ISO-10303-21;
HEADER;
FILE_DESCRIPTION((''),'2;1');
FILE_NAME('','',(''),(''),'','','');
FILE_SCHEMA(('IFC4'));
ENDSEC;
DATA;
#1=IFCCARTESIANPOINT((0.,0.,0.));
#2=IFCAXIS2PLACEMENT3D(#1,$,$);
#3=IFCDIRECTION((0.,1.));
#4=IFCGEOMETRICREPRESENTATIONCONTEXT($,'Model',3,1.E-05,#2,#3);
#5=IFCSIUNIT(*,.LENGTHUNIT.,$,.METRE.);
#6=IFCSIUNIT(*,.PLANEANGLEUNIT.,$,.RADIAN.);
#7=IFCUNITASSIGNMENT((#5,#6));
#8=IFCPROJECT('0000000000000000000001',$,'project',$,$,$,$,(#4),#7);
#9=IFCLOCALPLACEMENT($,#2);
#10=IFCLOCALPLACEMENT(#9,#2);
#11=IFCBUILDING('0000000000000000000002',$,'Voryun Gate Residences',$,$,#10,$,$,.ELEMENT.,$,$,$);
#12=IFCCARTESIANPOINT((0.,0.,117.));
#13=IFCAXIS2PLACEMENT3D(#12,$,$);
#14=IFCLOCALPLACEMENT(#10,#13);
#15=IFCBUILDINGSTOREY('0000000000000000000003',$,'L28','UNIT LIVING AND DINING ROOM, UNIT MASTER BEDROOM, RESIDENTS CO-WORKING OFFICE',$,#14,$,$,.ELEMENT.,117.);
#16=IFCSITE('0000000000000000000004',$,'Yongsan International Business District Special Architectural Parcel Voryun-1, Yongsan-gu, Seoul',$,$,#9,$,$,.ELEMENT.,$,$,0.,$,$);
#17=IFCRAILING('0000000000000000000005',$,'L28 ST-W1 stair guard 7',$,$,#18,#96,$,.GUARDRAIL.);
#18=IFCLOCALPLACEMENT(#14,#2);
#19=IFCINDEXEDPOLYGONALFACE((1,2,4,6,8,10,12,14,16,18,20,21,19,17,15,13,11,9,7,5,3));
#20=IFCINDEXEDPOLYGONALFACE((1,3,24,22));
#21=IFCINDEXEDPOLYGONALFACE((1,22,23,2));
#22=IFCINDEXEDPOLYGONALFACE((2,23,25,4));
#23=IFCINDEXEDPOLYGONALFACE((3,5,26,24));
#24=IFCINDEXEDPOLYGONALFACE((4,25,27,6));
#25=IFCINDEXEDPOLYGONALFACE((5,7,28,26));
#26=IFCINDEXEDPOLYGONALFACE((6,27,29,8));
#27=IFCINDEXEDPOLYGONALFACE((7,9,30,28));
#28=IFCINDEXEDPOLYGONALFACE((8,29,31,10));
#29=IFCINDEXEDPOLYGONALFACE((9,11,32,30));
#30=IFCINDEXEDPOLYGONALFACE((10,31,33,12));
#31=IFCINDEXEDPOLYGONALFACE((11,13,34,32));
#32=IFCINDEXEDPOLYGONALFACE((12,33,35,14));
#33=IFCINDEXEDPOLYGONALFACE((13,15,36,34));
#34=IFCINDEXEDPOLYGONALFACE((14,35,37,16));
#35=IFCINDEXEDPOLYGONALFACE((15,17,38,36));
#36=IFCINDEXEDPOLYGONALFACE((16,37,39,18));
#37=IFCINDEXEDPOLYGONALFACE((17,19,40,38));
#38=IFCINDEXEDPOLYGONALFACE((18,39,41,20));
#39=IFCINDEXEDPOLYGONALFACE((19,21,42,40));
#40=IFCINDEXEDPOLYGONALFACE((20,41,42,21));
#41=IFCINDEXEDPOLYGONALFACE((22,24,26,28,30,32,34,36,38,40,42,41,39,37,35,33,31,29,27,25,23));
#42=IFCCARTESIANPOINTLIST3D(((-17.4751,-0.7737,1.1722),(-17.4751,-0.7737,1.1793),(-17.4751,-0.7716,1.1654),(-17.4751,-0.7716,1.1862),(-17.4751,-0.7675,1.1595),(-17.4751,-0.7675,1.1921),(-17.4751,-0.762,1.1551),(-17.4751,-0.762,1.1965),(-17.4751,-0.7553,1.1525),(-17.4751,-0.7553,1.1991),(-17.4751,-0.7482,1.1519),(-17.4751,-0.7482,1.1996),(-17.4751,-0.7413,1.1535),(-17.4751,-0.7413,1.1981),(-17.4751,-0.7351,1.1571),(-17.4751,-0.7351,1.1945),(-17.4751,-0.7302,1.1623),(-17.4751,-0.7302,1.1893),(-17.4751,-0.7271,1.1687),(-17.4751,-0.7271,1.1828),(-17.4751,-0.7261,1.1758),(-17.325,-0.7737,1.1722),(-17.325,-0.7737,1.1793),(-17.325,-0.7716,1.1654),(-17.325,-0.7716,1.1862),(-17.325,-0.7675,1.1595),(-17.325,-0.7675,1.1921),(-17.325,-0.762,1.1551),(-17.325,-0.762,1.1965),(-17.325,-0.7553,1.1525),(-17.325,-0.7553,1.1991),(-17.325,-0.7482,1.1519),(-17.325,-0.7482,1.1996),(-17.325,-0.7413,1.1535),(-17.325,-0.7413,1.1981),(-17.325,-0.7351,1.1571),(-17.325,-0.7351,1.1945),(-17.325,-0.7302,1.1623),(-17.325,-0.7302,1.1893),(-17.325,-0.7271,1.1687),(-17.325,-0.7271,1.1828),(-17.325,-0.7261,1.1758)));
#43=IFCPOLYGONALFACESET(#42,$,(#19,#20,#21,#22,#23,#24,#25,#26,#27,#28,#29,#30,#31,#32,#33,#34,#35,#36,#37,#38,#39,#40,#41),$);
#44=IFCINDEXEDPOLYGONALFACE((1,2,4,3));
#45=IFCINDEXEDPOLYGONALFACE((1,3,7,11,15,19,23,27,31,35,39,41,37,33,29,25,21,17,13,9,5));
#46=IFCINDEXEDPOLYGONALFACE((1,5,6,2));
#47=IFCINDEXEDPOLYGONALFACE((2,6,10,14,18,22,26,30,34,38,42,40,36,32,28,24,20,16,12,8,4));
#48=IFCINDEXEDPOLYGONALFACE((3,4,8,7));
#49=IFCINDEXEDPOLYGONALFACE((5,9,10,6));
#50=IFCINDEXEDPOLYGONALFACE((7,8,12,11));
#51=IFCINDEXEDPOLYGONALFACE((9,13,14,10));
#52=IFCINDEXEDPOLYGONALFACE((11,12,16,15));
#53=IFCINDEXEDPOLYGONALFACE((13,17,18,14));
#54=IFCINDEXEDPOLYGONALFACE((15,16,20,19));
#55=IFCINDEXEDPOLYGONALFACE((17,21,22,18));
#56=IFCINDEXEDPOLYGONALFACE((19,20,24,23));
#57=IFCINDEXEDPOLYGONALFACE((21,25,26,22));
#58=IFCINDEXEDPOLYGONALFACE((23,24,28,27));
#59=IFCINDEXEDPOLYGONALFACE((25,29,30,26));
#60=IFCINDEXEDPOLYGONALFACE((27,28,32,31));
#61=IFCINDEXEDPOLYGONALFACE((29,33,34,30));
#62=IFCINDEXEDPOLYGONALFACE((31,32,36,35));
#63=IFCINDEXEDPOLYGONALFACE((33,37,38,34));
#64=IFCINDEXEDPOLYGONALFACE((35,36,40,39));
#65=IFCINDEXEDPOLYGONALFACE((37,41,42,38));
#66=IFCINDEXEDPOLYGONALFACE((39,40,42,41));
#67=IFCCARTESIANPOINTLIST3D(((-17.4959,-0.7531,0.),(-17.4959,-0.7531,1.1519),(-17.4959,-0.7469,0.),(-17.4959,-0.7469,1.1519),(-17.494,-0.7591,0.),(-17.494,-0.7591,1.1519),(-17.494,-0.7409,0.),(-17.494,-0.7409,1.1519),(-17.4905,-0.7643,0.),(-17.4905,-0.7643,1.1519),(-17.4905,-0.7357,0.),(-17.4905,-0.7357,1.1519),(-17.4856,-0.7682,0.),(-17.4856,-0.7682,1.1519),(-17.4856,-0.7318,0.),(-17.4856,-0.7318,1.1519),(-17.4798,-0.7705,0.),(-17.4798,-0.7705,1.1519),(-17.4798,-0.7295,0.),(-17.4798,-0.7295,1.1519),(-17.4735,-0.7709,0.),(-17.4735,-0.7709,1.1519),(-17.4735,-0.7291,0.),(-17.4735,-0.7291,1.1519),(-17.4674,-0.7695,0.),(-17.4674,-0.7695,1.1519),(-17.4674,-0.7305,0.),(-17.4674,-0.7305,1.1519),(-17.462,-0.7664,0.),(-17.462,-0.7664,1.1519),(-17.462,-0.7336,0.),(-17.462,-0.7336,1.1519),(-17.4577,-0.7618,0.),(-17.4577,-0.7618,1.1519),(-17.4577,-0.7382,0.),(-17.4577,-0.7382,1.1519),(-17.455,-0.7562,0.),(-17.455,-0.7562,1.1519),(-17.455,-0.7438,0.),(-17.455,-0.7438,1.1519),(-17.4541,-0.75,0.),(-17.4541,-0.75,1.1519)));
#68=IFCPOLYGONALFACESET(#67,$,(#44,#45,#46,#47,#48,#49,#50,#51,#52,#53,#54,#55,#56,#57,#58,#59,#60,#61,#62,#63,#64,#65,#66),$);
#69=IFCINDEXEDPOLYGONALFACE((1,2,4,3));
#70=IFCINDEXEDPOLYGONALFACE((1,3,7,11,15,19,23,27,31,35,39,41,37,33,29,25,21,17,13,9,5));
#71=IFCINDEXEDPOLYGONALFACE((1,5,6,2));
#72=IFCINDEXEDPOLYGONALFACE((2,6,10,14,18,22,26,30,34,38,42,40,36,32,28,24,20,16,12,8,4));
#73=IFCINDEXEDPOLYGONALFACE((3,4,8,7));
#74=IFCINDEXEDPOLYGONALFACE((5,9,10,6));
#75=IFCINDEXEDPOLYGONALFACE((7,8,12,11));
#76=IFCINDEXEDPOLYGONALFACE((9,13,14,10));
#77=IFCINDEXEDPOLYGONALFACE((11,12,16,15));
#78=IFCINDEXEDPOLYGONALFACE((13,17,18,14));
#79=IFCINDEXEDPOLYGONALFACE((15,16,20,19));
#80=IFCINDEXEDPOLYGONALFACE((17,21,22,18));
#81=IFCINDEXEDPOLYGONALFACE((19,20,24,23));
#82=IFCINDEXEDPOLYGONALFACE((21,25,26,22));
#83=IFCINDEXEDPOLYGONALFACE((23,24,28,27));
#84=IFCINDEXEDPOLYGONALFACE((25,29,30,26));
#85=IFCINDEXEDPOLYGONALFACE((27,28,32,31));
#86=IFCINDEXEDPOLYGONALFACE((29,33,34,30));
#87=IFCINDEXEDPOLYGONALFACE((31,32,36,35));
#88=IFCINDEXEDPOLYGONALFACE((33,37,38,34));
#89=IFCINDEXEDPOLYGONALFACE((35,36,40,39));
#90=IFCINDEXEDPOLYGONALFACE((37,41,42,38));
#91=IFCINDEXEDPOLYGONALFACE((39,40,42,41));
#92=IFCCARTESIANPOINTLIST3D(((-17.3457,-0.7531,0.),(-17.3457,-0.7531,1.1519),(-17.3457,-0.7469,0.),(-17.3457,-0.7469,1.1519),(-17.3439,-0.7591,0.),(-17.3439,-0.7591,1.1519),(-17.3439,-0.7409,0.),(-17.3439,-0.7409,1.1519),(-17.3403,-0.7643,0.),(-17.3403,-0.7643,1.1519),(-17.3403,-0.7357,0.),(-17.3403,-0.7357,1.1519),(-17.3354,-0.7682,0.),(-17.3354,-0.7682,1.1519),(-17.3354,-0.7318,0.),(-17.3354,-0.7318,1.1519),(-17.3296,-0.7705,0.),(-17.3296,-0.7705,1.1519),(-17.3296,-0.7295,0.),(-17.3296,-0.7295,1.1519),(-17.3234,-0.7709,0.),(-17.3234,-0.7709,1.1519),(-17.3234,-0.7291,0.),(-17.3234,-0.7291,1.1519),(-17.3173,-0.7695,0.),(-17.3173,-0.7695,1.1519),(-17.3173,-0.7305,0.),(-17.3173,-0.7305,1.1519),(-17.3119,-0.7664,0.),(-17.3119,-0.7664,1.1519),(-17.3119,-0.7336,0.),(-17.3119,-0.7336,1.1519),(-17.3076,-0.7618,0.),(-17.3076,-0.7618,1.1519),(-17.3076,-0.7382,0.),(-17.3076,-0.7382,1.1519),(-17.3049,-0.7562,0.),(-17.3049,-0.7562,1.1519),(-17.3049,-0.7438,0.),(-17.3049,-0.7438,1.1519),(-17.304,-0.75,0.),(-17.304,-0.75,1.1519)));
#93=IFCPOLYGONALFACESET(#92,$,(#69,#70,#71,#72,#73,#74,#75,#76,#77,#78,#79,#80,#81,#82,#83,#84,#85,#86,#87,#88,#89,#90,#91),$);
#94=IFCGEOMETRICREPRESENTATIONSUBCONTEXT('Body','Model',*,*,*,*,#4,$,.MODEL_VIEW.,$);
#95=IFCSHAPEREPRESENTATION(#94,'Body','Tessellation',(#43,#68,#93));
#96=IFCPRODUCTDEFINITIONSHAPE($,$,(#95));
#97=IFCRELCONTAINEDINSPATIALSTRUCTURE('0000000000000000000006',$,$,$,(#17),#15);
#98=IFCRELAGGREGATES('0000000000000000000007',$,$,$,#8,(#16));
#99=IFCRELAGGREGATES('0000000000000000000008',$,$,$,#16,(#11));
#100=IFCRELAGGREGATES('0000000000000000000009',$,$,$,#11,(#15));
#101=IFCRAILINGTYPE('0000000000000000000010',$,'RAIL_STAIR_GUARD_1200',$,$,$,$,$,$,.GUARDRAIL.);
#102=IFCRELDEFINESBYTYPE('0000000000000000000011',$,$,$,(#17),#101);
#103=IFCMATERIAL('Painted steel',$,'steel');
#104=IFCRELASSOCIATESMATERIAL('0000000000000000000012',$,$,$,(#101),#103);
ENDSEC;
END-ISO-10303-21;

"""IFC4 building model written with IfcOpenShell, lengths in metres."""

from ifc_helpers import new_model, si_unit, direction, frame, origin, origin_2d, place, context, subcontext, project, spatial, circle, extrude, material, type_object, element, save


model = new_model("IFC4")

# Units and contexts
model_context = context("Model", 3, precision=1e-05, world=origin(), true_north=direction((0.0, 1.0)))
body_context = subcontext(model_context, "Body", "Model", "MODEL_VIEW")
ifc_project = project(units=[si_unit("LENGTHUNIT", "METRE"), si_unit("PLANEANGLEUNIT", "RADIAN")], contexts=[model_context])

# Site, building, storey
site_placement = place(None, origin())
site = spatial("IfcSite", under=ifc_project, at=site_placement, Name="Yongsan International Business District Special Architectural Parcel Voryun-1, Yongsan-gu, Seoul", CompositionType="ELEMENT", RefElevation=0.0)
building_placement = place(site_placement, origin())
building = spatial("IfcBuilding", under=site, at=building_placement, Name="Voryun Gate Residences", CompositionType="ELEMENT")
storey_placement = place(building_placement, frame((0.0, 0.0, 117.0)))
storey = spatial("IfcBuildingStorey", under=building, at=storey_placement, Name="L28", Description="UNIT LIVING AND DINING ROOM, UNIT MASTER BEDROOM, RESIDENTS CO-WORKING OFFICE", CompositionType="ELEMENT", Elevation=117.0)

# Railing
ifc_material_1 = material(Name="Painted steel", Category="steel")
railing_type_1 = type_object("IfcRailingType", Name="RAIL_STAIR_GUARD_1200", PredefinedType="GUARDRAIL", material=ifc_material_1)
railing_1_placement = place(storey_placement, frame((-17.4751, -0.75, 0.0)))
element("IfcRailing", 1, at=railing_1_placement, inside=storey, type_object=railing_type_1, Name="L28 ST-W1 stair guard 7", PredefinedType="GUARDRAIL", context=body_context, shape_type="SweptSolid", body=[
    extrude(circle(Radius=0.0239, at=origin_2d()), frame((0.0, 0.0, 1.1758), z_axis=(1.0, 0.0, 0.0), x_axis=(0.0, 1.0, 0.0)), (0.0, 0.0, 1.0), 0.1501),
    extrude(circle(Radius=0.021, at=origin_2d()), origin(), (0.0, 0.0, 1.0), 1.1519),
    extrude(circle(Radius=0.021, at=origin_2d()), frame((0.1501, 0.0, 0.0)), (0.0, 0.0, 1.0), 1.1519),
])

save(model, "model.ifc")
